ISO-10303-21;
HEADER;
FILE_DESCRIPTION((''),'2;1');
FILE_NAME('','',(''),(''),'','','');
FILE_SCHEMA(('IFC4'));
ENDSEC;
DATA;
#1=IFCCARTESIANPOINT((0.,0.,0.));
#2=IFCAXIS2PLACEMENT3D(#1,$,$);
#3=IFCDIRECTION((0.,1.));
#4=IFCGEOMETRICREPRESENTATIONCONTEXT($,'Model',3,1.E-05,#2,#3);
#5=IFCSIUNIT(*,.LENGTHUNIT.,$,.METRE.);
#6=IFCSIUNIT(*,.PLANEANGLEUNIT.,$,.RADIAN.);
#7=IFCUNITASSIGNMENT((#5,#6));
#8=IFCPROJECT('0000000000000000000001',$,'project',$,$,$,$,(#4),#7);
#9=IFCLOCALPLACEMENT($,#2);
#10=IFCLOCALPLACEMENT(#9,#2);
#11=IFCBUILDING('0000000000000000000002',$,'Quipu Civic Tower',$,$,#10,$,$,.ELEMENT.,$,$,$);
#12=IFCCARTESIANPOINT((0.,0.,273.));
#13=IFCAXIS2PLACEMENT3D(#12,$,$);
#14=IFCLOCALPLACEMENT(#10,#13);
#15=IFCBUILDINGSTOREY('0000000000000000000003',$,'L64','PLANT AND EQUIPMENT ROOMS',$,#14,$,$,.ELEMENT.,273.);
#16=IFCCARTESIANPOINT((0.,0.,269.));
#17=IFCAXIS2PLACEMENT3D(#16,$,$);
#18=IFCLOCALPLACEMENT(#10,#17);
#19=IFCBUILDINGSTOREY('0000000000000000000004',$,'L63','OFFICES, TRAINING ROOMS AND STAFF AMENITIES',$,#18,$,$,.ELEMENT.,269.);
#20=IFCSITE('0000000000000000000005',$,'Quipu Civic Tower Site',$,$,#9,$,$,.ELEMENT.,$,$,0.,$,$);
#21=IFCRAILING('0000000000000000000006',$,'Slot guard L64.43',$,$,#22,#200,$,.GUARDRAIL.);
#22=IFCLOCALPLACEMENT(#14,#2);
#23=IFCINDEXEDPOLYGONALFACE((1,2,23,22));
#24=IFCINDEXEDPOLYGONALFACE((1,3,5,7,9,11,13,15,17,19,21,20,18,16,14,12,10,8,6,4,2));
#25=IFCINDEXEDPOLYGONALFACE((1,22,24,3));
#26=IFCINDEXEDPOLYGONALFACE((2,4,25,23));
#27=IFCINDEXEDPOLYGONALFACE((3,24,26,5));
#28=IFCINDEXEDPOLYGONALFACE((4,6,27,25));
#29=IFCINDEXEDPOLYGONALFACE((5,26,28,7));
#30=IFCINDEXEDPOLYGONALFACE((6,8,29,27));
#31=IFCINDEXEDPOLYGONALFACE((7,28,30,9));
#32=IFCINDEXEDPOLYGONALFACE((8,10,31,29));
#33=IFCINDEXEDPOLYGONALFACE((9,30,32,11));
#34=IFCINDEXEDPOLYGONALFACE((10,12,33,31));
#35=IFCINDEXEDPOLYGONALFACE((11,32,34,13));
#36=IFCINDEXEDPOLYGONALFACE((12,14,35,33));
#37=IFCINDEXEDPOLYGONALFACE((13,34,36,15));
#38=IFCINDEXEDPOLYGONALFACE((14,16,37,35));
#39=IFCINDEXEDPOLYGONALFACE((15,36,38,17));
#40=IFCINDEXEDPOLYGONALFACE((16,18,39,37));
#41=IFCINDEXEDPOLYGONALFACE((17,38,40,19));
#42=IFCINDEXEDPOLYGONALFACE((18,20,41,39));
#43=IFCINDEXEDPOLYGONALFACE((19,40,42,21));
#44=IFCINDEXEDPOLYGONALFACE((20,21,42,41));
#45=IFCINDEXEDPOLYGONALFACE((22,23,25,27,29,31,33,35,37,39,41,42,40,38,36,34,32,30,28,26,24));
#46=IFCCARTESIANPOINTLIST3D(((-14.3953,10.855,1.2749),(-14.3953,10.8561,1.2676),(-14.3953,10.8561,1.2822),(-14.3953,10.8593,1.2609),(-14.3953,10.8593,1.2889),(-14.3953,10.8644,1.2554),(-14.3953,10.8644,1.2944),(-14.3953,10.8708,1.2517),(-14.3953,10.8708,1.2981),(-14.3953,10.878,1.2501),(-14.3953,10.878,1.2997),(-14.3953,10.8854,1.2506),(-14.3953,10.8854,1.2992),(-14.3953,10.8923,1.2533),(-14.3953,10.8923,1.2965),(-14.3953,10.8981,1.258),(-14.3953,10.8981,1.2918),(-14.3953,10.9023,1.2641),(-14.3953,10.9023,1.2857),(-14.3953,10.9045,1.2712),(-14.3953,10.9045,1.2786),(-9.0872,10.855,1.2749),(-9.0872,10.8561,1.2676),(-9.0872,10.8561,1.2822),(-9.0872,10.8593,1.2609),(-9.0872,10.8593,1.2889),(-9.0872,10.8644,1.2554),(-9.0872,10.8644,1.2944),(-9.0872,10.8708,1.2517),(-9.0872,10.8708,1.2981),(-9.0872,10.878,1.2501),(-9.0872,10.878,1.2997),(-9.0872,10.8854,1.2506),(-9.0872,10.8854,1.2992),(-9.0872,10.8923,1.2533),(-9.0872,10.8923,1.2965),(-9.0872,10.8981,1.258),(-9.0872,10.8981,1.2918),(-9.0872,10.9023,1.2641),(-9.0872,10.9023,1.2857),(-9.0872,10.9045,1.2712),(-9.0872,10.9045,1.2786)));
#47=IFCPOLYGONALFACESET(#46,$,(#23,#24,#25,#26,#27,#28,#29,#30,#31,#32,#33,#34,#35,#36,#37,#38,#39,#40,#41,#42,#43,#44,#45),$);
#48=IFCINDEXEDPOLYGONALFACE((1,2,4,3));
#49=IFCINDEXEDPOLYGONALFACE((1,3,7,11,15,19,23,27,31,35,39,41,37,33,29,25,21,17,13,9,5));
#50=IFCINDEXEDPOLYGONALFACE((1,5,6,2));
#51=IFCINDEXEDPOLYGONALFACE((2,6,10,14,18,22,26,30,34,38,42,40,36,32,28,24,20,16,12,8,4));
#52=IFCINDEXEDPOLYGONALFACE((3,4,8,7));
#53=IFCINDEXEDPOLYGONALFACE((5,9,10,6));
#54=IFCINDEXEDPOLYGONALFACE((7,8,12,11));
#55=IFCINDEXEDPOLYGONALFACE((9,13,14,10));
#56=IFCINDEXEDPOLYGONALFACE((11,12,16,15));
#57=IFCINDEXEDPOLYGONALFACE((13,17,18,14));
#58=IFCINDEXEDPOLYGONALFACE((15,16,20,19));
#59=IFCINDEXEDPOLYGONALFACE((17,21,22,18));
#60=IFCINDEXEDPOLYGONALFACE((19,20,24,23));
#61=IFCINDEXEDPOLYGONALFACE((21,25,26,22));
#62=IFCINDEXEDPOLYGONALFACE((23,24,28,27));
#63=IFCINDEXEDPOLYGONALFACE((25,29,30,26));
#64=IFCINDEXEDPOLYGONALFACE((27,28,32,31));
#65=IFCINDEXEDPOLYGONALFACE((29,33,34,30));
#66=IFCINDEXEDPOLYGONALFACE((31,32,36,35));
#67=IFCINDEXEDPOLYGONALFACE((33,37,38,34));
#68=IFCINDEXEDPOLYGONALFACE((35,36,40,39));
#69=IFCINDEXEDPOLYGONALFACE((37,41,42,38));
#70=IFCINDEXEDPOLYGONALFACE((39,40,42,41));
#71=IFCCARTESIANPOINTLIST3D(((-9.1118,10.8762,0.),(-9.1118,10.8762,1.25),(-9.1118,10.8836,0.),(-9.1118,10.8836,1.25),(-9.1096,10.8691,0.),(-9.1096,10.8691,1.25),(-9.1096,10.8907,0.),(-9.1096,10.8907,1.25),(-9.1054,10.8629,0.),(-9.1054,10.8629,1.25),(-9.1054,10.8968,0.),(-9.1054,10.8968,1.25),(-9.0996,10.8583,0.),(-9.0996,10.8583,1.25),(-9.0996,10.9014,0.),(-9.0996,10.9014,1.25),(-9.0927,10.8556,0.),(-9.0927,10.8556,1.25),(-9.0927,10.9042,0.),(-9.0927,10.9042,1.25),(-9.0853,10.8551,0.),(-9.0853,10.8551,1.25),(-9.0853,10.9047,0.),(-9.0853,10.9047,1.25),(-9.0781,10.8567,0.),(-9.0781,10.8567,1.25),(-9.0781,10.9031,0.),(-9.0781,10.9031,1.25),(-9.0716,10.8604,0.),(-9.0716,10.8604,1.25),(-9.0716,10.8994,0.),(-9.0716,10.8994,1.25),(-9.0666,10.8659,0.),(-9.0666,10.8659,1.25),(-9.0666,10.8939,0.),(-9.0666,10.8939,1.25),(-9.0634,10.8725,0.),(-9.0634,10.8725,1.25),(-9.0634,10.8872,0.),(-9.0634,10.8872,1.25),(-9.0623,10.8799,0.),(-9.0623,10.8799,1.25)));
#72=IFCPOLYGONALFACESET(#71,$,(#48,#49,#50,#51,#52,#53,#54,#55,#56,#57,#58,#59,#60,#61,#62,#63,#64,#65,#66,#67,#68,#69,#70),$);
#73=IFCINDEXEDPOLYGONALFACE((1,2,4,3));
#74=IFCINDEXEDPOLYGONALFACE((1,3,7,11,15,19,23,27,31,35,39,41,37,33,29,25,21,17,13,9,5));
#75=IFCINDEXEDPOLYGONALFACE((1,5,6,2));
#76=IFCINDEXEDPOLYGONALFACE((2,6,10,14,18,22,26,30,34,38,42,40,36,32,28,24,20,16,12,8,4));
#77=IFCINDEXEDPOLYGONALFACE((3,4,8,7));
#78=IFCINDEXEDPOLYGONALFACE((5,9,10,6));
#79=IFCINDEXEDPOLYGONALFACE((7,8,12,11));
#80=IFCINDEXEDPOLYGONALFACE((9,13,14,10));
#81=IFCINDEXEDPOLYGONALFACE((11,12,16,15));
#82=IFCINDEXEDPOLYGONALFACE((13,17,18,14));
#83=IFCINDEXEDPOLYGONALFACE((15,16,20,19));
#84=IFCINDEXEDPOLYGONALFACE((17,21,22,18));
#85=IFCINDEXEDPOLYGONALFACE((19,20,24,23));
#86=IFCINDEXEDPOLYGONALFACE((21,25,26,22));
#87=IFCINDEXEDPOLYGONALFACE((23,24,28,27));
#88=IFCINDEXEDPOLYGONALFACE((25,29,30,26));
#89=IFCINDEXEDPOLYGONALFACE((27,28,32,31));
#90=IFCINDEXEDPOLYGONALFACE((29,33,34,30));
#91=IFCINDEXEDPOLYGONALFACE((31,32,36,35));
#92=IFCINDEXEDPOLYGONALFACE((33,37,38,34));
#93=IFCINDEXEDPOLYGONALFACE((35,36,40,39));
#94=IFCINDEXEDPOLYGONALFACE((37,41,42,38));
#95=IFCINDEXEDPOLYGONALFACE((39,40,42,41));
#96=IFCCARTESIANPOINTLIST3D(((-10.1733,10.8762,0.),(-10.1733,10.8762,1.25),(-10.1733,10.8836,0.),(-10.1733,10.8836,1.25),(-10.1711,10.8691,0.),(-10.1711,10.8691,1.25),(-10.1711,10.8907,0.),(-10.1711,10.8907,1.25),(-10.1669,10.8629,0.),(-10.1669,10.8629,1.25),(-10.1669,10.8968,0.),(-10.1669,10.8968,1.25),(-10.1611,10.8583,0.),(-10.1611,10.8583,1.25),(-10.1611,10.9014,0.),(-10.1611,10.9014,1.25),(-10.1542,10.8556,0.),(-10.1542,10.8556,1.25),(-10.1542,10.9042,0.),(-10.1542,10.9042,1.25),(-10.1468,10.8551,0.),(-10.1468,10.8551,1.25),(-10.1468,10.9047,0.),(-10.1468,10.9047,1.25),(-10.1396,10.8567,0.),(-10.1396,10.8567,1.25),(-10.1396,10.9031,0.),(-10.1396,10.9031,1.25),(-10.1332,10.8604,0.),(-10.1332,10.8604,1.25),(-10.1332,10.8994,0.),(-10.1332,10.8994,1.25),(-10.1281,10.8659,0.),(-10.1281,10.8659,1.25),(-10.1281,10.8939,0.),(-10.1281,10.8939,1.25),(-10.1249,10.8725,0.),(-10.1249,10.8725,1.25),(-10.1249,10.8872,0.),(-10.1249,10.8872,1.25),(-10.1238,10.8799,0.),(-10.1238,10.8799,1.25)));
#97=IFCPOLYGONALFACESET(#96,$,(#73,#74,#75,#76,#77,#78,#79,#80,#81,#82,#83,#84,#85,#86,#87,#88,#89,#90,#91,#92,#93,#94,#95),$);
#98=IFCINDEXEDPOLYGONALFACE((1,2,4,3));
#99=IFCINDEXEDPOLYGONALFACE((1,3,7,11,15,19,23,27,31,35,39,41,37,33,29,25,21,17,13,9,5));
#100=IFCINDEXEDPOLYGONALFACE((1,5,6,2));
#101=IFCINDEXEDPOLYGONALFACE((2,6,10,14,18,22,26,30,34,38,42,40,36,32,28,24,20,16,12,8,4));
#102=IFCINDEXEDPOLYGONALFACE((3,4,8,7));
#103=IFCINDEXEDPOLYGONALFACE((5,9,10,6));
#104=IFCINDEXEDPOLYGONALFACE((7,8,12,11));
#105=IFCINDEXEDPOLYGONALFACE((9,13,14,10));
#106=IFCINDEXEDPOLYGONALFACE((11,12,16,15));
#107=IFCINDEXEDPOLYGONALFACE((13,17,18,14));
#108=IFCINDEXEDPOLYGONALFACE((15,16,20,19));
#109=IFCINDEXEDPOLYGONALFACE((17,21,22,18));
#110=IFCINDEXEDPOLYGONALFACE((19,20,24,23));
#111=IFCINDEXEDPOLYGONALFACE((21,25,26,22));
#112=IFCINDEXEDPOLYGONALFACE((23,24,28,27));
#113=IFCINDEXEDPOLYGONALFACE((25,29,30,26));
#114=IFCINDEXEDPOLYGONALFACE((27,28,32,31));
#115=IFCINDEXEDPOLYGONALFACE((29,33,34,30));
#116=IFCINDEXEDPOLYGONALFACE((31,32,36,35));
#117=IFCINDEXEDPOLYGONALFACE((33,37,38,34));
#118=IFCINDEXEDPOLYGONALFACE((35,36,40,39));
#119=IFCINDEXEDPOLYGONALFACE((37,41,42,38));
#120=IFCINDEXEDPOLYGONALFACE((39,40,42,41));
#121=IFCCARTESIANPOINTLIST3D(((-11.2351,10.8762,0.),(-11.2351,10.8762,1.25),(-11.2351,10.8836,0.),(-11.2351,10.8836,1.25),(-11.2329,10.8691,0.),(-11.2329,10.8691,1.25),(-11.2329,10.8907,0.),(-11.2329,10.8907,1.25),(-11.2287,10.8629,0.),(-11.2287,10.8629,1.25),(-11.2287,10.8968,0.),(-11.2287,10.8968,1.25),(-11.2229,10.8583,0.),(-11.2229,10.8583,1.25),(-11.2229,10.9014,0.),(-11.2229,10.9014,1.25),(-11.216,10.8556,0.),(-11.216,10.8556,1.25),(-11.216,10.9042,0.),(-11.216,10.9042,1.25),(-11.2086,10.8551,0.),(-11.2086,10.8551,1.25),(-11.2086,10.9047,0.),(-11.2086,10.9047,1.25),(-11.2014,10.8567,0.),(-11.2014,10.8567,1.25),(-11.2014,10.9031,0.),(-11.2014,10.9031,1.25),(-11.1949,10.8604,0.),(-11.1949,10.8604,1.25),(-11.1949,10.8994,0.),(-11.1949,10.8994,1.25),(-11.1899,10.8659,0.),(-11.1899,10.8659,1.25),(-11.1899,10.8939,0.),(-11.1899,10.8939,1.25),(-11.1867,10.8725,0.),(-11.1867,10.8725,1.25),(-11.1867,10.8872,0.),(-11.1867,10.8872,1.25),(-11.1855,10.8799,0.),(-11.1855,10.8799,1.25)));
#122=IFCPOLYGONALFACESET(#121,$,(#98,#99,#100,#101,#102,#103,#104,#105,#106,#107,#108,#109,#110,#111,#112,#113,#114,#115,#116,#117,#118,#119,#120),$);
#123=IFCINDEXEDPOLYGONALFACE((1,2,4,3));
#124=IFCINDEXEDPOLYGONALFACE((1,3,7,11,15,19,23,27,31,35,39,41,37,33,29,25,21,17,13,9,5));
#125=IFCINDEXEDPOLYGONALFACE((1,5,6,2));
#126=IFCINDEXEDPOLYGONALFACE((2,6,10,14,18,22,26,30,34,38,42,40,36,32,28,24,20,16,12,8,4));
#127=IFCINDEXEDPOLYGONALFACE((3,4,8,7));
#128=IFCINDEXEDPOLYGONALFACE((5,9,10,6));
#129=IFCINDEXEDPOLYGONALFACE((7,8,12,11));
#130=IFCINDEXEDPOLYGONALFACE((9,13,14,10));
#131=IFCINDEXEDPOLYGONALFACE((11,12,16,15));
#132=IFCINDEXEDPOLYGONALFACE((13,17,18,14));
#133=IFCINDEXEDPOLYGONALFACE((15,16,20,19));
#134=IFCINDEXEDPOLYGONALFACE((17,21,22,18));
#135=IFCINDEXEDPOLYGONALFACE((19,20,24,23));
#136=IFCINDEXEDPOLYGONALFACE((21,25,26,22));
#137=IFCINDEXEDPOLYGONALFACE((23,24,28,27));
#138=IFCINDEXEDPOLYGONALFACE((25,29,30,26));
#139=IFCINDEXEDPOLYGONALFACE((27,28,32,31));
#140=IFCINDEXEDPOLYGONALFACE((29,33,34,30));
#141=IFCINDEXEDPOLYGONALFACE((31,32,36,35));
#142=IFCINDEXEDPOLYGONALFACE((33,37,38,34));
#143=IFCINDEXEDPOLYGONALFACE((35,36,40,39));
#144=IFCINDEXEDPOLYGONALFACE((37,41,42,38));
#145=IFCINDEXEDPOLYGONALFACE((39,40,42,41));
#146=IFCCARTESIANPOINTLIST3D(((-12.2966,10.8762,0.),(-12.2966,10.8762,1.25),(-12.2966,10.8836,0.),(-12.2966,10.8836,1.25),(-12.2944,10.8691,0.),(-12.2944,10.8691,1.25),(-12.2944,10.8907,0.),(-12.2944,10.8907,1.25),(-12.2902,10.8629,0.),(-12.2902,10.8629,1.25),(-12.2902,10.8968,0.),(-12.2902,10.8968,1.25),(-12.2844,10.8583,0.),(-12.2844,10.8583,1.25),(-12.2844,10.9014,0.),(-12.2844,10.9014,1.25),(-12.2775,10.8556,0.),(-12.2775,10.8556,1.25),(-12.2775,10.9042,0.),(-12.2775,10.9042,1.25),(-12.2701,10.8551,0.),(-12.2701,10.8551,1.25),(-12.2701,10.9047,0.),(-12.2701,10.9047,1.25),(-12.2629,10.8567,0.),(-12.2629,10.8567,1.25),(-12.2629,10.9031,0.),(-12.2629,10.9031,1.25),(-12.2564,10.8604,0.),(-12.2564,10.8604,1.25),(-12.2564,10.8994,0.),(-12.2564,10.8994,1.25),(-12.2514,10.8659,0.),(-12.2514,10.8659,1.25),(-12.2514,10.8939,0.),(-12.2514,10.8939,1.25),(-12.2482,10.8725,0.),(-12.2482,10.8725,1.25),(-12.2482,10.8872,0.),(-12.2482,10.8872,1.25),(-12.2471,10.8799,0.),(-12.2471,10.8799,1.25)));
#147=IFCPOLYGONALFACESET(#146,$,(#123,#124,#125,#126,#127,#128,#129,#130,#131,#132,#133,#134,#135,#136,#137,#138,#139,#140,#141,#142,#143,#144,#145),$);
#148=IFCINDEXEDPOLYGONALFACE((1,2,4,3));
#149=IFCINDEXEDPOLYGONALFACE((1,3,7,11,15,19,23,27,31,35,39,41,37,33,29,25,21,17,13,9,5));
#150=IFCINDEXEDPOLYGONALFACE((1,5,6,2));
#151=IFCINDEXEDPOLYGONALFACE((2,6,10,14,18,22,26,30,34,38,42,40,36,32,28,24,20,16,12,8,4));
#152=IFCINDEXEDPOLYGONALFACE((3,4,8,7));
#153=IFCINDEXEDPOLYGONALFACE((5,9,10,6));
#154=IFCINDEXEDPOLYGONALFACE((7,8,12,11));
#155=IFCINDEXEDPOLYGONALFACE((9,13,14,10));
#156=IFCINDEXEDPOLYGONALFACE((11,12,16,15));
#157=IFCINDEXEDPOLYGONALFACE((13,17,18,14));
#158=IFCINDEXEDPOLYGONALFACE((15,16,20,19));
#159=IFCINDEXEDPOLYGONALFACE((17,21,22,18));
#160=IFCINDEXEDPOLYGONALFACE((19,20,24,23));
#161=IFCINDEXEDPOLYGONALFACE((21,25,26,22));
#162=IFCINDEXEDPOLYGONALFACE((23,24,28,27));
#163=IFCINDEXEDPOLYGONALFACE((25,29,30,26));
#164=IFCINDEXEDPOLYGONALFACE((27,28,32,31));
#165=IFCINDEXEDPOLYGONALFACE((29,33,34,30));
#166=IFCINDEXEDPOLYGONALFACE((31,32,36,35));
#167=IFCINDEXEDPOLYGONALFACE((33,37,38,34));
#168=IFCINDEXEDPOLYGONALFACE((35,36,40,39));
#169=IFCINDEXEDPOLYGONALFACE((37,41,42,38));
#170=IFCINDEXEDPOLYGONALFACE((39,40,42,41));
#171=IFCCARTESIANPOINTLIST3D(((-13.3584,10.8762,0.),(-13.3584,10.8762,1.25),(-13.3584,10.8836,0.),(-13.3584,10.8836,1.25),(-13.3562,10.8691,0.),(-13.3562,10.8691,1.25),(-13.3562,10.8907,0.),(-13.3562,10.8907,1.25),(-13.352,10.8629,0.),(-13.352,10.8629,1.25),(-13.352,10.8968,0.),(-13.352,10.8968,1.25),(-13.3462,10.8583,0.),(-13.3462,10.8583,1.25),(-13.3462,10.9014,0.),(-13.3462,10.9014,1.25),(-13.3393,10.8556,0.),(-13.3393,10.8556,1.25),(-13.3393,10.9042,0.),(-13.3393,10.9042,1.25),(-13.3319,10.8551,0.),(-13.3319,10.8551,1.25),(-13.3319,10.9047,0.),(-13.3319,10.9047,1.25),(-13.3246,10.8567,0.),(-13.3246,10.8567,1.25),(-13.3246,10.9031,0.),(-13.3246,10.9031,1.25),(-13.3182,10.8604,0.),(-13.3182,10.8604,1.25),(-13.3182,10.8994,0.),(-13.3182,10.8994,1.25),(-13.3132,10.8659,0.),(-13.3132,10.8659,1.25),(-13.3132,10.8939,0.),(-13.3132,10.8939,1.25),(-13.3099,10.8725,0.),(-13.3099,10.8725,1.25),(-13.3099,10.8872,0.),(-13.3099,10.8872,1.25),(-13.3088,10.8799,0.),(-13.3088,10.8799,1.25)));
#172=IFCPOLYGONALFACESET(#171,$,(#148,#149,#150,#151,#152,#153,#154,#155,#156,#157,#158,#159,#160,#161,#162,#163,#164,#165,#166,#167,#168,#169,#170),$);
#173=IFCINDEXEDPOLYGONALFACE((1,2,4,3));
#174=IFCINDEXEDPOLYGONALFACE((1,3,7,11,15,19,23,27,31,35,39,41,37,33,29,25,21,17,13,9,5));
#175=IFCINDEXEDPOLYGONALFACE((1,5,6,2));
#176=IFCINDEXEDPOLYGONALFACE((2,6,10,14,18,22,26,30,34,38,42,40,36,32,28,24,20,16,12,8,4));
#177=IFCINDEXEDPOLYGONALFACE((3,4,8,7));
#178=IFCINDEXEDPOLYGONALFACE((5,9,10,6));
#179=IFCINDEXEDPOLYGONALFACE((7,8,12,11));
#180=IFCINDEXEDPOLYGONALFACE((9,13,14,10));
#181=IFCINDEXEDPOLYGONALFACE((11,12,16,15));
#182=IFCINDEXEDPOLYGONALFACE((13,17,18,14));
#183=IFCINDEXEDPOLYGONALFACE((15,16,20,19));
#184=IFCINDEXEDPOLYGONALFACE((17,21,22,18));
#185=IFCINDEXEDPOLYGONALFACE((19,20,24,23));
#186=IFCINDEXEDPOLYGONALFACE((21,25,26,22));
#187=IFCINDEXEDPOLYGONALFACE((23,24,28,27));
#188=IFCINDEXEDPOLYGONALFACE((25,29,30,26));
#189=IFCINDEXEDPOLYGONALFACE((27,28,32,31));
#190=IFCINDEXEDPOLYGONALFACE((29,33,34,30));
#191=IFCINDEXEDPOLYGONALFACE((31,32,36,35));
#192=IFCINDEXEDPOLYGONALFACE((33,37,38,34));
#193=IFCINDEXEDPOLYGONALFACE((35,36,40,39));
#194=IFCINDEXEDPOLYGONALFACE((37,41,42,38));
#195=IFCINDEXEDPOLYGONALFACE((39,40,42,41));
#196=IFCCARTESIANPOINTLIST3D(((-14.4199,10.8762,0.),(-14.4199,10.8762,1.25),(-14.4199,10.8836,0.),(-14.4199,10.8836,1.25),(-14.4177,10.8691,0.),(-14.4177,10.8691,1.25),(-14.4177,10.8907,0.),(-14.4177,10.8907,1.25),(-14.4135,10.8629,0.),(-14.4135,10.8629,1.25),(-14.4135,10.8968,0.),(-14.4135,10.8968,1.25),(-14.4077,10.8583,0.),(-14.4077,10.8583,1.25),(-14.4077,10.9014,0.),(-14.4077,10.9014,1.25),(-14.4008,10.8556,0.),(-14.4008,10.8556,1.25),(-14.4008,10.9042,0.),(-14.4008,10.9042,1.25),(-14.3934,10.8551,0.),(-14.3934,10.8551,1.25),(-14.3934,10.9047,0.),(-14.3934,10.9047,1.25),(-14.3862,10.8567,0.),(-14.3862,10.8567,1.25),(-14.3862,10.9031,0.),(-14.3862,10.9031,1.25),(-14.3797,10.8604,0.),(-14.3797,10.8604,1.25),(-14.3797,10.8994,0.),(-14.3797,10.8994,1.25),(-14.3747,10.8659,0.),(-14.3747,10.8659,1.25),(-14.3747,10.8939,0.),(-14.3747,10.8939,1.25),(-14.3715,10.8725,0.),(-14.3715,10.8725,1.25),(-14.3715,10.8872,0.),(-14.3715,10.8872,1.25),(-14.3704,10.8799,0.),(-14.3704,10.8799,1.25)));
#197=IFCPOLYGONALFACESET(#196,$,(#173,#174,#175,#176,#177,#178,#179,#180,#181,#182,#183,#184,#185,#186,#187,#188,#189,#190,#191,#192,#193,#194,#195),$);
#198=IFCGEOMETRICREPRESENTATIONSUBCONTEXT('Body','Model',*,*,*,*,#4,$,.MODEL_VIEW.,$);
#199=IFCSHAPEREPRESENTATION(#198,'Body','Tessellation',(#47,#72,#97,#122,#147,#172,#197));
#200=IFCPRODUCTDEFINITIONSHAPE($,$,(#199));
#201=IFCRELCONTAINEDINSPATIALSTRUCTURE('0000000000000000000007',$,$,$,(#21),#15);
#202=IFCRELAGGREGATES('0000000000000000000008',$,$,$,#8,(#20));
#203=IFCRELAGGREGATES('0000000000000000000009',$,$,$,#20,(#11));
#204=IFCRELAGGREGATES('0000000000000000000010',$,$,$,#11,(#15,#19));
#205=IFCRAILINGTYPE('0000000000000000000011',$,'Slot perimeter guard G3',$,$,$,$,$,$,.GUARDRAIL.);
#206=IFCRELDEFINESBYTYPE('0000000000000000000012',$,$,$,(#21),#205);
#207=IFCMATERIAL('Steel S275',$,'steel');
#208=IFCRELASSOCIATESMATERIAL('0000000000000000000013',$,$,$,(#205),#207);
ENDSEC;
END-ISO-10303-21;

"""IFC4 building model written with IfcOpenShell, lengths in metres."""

from ifc_helpers import new_model, si_unit, direction, frame, origin, origin_2d, place, context, subcontext, project, spatial, circle, extrude, material, type_object, element, save


model = new_model("IFC4")

# Units and contexts
model_context = context("Model", 3, precision=1e-05, world=origin(), true_north=direction((0.0, 1.0)))
body_context = subcontext(model_context, "Body", "Model", "MODEL_VIEW")
ifc_project = project(units=[si_unit("LENGTHUNIT", "METRE"), si_unit("PLANEANGLEUNIT", "RADIAN")], contexts=[model_context])

# Site, building, storey
site_placement = place(None, origin())
site = spatial("IfcSite", under=ifc_project, at=site_placement, Name="Quipu Civic Tower Site", CompositionType="ELEMENT", RefElevation=0.0)
building_placement = place(site_placement, origin())
building = spatial("IfcBuilding", under=site, at=building_placement, Name="Quipu Civic Tower", CompositionType="ELEMENT")
storey_1_placement = place(building_placement, frame((0.0, 0.0, 273.0)))
storey_1 = spatial("IfcBuildingStorey", under=building, at=storey_1_placement, Name="L64", Description="PLANT AND EQUIPMENT ROOMS", CompositionType="ELEMENT", Elevation=273.0)

# Shared definitions
storey_2_placement = place(building_placement, frame((0.0, 0.0, 269.0)))
storey_2 = spatial("IfcBuildingStorey", under=building, at=storey_2_placement, Name="L63", Description="OFFICES, TRAINING ROOMS AND STAFF AMENITIES", CompositionType="ELEMENT", Elevation=269.0)

# Railing
ifc_material_1 = material(Name="Steel S275", Category="steel")
railing_type_1 = type_object("IfcRailingType", Name="Slot perimeter guard G3", PredefinedType="GUARDRAIL", material=ifc_material_1)
railing_1_placement = place(storey_1_placement, frame((-9.0872, 10.8799, 0.0)))
element("IfcRailing", 1, at=railing_1_placement, inside=storey_1, type_object=railing_type_1, Name="Slot guard L64.43", PredefinedType="GUARDRAIL", context=body_context, shape_type="SweptSolid", body=[
    extrude(circle(Radius=0.0249, at=origin_2d()), frame((0.0, 0.0, 1.2749), z_axis=(-1.0, 0.0, 0.0), x_axis=(0.0, -1.0, 0.0)), (0.0, 0.0, 1.0), 5.3081),
    extrude(circle(Radius=0.0249, at=origin_2d()), origin(), (0.0, 0.0, 1.0), 1.25),
    extrude(circle(Radius=0.0249, at=origin_2d()), frame((-1.0615, 0.0, 0.0)), (0.0, 0.0, 1.0), 1.25),
    extrude(circle(Radius=0.0249, at=origin_2d()), frame((-2.1233, 0.0, 0.0)), (0.0, 0.0, 1.0), 1.25),
    extrude(circle(Radius=0.0249, at=origin_2d()), frame((-3.1848, 0.0, 0.0)), (0.0, 0.0, 1.0), 1.25),
    extrude(circle(Radius=0.0249, at=origin_2d()), frame((-4.2466, 0.0, 0.0)), (0.0, 0.0, 1.0), 1.25),
    extrude(circle(Radius=0.0249, at=origin_2d()), frame((-5.3081, 0.0, 0.0)), (0.0, 0.0, 1.0), 1.25),
])

save(model, "model.ifc")
